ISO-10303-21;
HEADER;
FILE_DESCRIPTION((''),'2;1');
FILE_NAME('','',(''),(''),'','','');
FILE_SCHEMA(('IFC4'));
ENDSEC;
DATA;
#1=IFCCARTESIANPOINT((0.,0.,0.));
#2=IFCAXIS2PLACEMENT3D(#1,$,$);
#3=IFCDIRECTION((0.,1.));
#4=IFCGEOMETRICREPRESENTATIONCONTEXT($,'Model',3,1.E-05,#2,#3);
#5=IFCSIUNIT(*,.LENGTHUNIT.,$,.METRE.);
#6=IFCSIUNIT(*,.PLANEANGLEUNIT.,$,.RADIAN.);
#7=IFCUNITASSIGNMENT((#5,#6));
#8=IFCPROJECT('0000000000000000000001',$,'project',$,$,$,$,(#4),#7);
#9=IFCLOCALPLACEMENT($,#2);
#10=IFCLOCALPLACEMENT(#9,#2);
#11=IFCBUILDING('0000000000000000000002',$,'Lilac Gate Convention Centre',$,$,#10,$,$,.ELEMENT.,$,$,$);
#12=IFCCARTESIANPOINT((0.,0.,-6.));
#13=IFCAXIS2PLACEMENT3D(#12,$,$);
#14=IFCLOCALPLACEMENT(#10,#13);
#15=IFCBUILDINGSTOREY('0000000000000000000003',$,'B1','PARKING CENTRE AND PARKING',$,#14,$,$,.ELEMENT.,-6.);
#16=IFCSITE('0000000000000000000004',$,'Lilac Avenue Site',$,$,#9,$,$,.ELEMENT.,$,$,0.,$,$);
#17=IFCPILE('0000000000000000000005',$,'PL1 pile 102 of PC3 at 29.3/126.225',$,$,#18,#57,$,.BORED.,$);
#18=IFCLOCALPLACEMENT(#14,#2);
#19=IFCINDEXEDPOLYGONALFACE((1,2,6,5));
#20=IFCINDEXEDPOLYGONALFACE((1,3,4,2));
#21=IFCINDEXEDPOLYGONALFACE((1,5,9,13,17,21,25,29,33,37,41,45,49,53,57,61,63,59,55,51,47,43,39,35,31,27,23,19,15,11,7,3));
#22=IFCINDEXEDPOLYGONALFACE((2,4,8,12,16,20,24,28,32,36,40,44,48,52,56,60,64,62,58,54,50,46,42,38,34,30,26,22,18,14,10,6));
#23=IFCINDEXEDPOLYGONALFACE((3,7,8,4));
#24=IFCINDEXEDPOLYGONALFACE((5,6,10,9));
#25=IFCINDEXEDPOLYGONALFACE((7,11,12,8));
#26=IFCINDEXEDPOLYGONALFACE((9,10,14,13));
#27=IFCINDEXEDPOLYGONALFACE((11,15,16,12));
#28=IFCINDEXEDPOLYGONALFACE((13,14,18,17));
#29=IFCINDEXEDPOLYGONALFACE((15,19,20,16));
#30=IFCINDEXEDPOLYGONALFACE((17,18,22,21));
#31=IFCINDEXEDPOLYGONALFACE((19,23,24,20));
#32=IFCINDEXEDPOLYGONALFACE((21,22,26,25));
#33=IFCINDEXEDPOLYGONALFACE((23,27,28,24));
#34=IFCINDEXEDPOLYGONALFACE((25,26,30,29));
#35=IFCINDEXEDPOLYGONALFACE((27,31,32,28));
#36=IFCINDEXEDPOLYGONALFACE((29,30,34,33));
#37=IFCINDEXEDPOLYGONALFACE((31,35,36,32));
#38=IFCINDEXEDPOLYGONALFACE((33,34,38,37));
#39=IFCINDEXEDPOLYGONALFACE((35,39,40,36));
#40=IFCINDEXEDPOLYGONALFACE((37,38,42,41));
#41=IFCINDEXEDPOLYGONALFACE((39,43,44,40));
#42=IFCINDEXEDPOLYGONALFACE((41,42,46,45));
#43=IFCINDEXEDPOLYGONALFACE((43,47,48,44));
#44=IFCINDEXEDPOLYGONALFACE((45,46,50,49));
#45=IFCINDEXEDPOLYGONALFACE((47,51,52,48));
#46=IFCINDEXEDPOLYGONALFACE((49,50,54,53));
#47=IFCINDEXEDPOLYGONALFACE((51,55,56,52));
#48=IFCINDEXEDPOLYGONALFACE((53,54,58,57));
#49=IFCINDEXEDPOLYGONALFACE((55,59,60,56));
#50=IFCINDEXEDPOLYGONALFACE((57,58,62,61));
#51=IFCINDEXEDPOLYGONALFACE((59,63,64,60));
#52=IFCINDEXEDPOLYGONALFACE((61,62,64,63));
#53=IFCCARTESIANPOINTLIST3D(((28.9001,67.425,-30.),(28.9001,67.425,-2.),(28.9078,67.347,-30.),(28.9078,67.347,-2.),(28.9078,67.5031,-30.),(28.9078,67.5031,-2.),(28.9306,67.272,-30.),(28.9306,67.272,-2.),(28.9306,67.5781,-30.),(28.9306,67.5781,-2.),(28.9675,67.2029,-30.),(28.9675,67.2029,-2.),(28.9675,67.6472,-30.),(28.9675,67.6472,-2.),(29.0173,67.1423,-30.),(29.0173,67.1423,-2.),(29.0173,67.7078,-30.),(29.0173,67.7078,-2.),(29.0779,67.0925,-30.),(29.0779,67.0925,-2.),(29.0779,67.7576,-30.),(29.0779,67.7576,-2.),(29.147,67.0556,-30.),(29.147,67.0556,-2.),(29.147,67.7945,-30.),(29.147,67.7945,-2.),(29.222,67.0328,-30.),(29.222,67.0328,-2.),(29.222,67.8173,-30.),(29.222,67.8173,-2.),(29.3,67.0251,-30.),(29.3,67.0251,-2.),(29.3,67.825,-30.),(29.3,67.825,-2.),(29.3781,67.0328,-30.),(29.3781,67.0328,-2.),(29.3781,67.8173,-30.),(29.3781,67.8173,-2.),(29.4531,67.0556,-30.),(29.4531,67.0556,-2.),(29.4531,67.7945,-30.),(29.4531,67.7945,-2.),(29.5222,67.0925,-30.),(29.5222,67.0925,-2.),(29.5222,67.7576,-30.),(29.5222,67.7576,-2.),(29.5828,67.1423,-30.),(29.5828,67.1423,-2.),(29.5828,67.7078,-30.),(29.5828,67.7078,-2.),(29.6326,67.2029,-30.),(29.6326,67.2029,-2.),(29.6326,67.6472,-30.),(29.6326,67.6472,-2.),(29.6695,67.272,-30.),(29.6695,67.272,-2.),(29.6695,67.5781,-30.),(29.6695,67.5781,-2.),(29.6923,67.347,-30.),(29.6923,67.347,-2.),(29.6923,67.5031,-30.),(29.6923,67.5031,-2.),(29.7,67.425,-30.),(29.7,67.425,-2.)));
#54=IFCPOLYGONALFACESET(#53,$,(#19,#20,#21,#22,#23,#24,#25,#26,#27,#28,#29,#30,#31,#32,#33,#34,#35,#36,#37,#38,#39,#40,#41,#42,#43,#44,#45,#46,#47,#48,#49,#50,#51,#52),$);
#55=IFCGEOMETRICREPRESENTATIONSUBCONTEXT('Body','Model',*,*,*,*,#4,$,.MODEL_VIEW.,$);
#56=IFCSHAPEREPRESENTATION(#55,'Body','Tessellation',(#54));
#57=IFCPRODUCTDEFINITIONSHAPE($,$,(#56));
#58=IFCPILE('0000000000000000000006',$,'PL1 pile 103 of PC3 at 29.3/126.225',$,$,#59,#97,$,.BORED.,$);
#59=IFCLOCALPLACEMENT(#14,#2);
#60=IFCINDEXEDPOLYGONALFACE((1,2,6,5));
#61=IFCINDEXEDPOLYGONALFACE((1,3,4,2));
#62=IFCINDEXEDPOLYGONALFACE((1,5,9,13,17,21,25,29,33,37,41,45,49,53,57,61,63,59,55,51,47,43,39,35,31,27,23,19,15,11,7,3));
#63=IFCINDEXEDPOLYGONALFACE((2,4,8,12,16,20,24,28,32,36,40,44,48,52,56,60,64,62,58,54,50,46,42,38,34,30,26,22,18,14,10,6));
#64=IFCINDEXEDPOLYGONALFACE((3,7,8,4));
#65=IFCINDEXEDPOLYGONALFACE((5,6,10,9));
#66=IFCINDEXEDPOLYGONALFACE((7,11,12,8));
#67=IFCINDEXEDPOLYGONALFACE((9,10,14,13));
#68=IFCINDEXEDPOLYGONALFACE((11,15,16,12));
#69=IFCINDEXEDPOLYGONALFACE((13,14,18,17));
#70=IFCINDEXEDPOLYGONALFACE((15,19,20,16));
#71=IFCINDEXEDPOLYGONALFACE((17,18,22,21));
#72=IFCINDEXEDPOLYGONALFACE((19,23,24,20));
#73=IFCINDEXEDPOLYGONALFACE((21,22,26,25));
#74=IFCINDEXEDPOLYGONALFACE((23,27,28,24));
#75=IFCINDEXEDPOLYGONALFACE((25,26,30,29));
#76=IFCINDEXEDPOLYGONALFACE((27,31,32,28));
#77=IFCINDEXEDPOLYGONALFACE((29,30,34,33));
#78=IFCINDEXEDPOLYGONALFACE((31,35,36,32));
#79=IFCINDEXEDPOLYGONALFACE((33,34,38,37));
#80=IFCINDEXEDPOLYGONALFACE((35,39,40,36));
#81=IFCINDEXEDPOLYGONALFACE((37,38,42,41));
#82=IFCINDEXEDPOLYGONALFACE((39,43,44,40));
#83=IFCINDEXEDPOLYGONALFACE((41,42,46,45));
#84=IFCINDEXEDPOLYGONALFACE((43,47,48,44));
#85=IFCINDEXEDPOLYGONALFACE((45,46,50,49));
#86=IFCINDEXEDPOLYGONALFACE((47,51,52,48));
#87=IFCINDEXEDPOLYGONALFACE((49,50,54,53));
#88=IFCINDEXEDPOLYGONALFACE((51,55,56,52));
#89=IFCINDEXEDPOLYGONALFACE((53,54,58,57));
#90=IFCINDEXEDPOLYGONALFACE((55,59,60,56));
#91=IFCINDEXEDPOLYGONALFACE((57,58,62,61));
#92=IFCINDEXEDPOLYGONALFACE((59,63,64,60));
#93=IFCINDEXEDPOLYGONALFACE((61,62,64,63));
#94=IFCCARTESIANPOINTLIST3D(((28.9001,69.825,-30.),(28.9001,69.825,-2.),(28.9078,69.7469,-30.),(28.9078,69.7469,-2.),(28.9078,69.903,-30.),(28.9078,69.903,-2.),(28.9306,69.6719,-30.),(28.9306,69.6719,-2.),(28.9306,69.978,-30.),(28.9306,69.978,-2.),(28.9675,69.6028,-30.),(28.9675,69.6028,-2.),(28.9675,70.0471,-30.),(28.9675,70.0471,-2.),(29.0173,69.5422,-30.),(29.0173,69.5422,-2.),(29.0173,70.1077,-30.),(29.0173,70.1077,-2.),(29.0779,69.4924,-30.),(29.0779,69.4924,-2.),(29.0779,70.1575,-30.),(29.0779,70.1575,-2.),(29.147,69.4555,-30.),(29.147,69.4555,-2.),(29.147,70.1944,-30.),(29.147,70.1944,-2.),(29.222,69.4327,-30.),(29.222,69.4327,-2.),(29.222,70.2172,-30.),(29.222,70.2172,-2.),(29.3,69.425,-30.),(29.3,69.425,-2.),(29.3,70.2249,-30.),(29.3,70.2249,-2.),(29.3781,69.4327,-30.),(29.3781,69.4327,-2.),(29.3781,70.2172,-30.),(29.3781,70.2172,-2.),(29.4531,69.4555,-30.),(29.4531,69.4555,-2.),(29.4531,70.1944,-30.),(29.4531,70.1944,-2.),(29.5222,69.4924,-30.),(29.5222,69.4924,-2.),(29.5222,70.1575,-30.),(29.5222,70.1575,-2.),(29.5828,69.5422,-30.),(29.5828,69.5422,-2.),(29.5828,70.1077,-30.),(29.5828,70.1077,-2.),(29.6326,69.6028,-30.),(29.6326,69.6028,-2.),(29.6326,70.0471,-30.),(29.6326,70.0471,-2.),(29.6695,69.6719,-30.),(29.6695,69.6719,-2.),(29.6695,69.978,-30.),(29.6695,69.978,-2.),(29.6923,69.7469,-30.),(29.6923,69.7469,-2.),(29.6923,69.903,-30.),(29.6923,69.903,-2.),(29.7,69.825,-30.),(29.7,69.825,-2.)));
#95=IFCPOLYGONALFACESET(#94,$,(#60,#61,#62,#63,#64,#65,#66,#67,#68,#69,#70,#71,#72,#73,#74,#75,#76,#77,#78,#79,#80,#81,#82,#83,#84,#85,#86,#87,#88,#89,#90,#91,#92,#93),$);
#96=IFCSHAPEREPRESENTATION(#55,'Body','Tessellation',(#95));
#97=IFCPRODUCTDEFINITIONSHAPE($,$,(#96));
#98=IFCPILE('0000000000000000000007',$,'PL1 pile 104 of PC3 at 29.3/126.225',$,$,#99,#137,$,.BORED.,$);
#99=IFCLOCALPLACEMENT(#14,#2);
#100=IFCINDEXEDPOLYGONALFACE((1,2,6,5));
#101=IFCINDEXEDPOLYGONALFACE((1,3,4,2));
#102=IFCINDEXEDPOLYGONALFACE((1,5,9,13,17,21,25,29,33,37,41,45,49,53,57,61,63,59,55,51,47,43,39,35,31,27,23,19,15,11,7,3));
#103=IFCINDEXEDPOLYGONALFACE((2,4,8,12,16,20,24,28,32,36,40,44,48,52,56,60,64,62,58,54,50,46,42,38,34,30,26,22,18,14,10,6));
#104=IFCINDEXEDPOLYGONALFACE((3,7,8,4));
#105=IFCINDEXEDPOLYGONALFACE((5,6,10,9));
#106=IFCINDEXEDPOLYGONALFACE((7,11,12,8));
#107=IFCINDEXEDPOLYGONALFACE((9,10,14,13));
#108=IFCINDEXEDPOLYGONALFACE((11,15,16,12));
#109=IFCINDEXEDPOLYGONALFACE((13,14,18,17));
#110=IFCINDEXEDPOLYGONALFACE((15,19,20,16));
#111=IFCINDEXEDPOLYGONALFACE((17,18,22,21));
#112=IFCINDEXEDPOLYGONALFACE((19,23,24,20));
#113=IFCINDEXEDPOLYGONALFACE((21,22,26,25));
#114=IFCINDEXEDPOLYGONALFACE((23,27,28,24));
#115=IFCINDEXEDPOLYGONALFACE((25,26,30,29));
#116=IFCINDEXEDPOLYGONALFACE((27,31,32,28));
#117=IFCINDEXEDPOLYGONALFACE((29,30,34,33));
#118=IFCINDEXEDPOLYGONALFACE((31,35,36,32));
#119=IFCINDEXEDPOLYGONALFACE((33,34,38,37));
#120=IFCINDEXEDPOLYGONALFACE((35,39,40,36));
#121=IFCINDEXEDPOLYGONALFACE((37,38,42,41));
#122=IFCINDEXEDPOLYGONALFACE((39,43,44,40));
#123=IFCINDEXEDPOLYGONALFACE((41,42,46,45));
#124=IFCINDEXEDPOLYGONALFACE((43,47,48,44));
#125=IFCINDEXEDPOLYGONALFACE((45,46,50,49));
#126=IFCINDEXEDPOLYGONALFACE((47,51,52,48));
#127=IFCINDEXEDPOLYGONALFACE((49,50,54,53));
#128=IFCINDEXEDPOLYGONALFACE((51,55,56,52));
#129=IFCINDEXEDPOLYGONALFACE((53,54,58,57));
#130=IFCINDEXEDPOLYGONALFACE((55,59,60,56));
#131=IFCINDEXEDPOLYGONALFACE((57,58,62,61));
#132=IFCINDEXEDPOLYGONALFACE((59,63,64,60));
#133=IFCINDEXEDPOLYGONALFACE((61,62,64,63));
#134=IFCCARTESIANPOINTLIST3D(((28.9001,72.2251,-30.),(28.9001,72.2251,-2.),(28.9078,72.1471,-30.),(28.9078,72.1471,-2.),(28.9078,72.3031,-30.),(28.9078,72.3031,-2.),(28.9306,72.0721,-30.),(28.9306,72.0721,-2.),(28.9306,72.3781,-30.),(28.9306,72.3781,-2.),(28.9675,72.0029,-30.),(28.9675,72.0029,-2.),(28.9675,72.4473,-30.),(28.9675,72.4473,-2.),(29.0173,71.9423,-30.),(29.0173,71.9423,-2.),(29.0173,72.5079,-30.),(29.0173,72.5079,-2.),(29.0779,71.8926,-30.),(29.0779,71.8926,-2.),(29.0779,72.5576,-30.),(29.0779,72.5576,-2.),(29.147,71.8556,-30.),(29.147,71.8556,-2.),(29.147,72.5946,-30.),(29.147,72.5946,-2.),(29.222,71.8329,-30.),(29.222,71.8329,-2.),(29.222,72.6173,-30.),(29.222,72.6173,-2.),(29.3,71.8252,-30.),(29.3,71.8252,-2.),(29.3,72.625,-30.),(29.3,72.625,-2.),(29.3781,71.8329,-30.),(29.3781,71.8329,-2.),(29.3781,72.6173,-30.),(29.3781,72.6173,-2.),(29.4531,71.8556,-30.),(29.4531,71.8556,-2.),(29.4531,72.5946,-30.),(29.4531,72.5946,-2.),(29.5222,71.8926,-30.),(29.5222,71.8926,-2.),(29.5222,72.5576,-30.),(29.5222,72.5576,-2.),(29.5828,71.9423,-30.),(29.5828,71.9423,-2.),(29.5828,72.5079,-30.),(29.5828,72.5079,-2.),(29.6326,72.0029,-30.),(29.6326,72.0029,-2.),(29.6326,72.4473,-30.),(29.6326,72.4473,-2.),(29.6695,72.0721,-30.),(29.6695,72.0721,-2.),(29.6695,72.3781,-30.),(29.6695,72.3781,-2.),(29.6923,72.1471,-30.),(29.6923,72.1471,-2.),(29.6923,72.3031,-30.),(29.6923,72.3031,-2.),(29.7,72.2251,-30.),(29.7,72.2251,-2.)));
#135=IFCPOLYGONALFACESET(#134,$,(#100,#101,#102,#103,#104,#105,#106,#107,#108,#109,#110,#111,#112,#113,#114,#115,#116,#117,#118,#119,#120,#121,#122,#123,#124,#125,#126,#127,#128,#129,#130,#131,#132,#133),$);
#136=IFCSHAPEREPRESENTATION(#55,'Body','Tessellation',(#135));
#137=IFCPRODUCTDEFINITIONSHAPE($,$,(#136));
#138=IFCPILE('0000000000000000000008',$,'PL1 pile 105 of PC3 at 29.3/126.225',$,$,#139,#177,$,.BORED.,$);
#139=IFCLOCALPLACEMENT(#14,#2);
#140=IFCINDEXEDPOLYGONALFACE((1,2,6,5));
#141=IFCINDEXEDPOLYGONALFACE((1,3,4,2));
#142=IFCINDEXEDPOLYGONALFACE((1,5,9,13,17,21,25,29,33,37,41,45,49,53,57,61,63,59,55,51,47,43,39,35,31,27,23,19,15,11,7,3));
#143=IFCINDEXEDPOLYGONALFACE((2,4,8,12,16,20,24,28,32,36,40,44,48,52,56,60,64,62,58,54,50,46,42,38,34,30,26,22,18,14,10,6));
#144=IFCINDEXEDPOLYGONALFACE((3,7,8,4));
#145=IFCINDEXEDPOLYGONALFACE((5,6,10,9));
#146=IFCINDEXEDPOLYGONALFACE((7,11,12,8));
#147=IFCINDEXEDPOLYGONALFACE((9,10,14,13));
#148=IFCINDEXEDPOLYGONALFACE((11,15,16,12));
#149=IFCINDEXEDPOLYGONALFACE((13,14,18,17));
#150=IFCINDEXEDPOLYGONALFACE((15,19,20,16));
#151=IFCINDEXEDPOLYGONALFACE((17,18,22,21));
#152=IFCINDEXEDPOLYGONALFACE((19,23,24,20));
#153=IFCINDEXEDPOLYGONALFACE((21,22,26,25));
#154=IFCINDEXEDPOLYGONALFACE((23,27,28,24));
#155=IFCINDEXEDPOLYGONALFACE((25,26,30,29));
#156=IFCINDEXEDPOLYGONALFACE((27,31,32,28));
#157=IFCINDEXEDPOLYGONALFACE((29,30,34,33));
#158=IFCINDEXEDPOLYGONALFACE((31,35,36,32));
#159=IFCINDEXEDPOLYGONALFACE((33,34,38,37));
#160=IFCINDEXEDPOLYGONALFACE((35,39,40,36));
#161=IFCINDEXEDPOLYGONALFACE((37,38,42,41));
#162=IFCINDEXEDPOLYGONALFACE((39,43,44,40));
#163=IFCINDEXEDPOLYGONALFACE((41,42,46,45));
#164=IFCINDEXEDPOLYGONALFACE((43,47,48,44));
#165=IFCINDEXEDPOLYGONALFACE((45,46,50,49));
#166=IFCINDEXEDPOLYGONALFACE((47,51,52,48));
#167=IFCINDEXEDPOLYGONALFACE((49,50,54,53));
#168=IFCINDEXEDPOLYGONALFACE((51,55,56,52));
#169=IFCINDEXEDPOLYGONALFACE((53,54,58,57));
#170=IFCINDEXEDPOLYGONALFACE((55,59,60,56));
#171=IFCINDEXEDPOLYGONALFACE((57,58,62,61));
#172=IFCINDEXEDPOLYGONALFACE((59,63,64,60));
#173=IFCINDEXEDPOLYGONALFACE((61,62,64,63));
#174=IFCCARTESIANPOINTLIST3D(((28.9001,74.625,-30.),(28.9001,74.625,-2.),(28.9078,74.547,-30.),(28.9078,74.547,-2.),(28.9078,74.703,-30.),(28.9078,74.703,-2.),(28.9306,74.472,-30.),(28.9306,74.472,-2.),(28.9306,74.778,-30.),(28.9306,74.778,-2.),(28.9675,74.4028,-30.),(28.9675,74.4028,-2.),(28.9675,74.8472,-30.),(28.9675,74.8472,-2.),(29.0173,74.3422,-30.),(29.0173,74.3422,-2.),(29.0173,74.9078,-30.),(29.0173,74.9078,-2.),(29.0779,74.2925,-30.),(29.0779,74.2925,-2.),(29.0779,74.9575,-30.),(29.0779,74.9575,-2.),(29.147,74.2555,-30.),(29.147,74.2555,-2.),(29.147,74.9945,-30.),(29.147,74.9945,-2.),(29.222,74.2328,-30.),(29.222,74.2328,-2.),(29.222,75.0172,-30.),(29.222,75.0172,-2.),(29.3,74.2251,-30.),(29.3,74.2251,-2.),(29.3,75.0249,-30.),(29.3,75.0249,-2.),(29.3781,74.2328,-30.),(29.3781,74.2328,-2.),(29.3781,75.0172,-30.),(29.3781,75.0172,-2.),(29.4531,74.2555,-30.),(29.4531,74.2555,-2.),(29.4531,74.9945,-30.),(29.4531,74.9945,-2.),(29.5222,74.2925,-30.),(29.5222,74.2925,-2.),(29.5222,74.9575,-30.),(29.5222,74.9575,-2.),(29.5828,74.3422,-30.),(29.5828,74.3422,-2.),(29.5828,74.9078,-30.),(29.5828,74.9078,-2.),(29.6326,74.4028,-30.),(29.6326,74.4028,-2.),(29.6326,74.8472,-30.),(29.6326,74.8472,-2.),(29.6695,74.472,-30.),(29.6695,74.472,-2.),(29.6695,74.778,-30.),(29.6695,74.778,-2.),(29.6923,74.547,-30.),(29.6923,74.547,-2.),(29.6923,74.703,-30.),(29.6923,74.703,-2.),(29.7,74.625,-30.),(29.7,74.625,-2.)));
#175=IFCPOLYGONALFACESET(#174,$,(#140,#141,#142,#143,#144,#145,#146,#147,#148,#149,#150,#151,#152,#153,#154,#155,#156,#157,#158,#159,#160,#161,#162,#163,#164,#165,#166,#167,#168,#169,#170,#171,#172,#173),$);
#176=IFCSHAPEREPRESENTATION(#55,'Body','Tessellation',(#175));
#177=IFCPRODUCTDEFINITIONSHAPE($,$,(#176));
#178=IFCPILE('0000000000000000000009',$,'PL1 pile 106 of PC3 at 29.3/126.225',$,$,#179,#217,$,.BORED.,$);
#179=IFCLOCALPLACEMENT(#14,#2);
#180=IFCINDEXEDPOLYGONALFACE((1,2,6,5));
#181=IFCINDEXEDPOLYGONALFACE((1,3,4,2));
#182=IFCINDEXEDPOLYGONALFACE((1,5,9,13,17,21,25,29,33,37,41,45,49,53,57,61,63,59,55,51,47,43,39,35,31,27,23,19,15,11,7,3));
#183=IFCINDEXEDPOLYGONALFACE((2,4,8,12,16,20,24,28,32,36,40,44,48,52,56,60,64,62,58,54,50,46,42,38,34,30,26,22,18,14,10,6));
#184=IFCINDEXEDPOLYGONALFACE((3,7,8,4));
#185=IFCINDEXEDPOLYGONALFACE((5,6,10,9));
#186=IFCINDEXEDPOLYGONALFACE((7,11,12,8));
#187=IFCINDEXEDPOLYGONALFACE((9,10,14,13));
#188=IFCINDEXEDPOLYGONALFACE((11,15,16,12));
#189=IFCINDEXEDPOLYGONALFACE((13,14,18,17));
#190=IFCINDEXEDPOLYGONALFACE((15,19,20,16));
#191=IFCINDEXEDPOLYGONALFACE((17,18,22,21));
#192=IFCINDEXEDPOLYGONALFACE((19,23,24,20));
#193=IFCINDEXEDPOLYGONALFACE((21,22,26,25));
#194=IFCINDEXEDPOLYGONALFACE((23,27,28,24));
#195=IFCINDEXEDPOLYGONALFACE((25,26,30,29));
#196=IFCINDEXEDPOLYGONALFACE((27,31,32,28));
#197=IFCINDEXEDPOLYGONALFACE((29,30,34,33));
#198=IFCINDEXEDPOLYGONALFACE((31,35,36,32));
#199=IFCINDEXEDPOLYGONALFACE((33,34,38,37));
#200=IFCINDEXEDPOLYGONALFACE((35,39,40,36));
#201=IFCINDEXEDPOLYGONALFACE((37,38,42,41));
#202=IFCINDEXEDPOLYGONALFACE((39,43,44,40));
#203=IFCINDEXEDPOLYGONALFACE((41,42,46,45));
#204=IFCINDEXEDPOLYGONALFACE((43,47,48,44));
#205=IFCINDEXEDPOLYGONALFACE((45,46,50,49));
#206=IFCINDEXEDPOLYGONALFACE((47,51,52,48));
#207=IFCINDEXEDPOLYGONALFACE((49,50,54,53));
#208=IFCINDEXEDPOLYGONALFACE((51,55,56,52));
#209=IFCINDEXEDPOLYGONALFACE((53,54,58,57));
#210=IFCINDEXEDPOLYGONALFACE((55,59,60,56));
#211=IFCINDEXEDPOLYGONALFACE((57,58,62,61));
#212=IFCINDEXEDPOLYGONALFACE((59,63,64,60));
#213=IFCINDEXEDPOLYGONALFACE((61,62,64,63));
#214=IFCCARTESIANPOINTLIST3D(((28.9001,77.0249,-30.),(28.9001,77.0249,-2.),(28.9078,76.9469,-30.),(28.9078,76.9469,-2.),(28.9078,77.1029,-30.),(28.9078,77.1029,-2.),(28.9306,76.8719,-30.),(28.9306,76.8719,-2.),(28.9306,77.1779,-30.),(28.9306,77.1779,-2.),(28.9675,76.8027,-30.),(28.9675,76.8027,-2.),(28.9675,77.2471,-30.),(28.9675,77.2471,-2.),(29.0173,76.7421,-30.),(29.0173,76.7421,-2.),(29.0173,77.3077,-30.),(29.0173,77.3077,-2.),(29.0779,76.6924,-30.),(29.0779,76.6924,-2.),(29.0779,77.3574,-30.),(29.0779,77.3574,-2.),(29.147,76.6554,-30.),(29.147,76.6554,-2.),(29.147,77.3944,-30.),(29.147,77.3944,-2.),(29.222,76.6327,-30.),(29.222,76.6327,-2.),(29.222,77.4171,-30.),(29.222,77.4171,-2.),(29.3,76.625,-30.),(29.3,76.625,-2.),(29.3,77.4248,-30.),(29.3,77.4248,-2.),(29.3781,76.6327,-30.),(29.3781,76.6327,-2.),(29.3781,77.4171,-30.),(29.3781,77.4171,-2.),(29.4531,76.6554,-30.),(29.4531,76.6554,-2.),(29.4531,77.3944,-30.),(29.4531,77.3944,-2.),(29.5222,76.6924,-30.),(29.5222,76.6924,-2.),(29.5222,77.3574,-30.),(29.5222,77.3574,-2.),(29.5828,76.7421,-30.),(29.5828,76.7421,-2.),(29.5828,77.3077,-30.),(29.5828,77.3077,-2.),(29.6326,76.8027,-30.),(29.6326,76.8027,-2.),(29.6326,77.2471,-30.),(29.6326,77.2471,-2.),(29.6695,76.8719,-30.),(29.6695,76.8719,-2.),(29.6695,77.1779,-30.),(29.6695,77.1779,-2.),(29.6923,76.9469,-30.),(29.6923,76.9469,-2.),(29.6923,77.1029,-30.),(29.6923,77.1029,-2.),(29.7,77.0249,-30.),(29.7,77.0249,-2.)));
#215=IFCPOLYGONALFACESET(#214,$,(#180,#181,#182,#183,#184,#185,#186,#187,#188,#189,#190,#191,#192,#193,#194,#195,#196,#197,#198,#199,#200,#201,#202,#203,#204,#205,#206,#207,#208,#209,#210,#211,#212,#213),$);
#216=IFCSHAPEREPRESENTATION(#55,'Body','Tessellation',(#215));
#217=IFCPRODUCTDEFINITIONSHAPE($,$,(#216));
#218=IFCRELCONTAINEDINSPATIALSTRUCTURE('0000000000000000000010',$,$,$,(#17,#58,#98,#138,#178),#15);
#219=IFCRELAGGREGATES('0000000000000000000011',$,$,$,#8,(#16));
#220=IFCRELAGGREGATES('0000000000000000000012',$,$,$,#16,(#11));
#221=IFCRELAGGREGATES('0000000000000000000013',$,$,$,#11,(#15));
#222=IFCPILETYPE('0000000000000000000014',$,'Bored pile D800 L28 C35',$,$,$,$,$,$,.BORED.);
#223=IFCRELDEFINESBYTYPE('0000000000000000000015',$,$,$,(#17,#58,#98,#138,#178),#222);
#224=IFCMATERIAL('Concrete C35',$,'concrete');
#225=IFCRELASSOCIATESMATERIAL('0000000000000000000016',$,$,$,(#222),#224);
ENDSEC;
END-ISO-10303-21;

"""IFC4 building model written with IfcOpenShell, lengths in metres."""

from ifc_helpers import new_model, si_unit, direction, frame, origin, origin_2d, place, context, subcontext, project, spatial, circle, extrude, material, material_profile, profile_set, type_object, element, save


model = new_model("IFC4")

# Units and contexts
model_context = context("Model", 3, precision=1e-05, world=origin(), true_north=direction((0.0, 1.0)))
body_context = subcontext(model_context, "Body", "Model", "MODEL_VIEW")
ifc_project = project(units=[si_unit("LENGTHUNIT", "METRE"), si_unit("PLANEANGLEUNIT", "RADIAN")], contexts=[model_context])

# Site, building, storey
site_placement = place(None, origin())
site = spatial("IfcSite", under=ifc_project, at=site_placement, Name="Lilac Avenue Site", CompositionType="ELEMENT", RefElevation=0.0)
building_placement = place(site_placement, origin())
building = spatial("IfcBuilding", under=site, at=building_placement, Name="Lilac Gate Convention Centre", CompositionType="ELEMENT")
storey_placement = place(building_placement, frame((0.0, 0.0, -6.0)))
storey = spatial("IfcBuildingStorey", under=building, at=storey_placement, Name="B1", Description="PARKING CENTRE AND PARKING", CompositionType="ELEMENT", Elevation=-6.0)

# Piles
ifc_material_1 = material(Name="Concrete C35", Category="concrete")
ifc_material_profile_1 = material_profile(ifc_material_1, circle(Radius=0.3999, at=origin_2d()), Name="D800")
ifc_profile_set_1 = profile_set([ifc_material_profile_1], Name="Concrete C35")
pile_type = type_object("IfcPileType", Name="Bored pile D800 L28 C35", PredefinedType="BORED", material=ifc_profile_set_1)
for number, where, z_axis, x_axis, name in (
    (1, (29.3, 67.425, -2.0), (0.0, 0.0, -1.0), (1.0, 0.0, 0.0), "PL1 pile 102 of PC3 at 29.3/126.225"),
    (2, (29.3, 69.825, -2.0), (0.0, 0.0, -1.0), (1.0, 0.0, 0.0), "PL1 pile 103 of PC3 at 29.3/126.225"),
    (3, (29.3, 72.2251, -2.0), (0.0, 0.0, -1.0), (1.0, 0.0, 0.0), "PL1 pile 104 of PC3 at 29.3/126.225"),
    (4, (29.3, 74.625, -2.0), (0.0, 0.0, -1.0), (1.0, 0.0, 0.0), "PL1 pile 105 of PC3 at 29.3/126.225"),
    (5, (29.3, 77.0249, -2.0), (0.0, 0.0, -1.0), (1.0, 0.0, 0.0), "PL1 pile 106 of PC3 at 29.3/126.225"),
):
    element("IfcPile", number, at=place(storey_placement, frame(where, z_axis=z_axis, x_axis=x_axis)), inside=storey, type_object=pile_type, Name=name, PredefinedType="BORED", context=body_context, shape_type="SweptSolid", body=[
        extrude(circle(Radius=0.3999, at=origin_2d()), origin(), (0.0, 0.0, 1.0), 28.0),
    ])

save(model, "model.ifc")
